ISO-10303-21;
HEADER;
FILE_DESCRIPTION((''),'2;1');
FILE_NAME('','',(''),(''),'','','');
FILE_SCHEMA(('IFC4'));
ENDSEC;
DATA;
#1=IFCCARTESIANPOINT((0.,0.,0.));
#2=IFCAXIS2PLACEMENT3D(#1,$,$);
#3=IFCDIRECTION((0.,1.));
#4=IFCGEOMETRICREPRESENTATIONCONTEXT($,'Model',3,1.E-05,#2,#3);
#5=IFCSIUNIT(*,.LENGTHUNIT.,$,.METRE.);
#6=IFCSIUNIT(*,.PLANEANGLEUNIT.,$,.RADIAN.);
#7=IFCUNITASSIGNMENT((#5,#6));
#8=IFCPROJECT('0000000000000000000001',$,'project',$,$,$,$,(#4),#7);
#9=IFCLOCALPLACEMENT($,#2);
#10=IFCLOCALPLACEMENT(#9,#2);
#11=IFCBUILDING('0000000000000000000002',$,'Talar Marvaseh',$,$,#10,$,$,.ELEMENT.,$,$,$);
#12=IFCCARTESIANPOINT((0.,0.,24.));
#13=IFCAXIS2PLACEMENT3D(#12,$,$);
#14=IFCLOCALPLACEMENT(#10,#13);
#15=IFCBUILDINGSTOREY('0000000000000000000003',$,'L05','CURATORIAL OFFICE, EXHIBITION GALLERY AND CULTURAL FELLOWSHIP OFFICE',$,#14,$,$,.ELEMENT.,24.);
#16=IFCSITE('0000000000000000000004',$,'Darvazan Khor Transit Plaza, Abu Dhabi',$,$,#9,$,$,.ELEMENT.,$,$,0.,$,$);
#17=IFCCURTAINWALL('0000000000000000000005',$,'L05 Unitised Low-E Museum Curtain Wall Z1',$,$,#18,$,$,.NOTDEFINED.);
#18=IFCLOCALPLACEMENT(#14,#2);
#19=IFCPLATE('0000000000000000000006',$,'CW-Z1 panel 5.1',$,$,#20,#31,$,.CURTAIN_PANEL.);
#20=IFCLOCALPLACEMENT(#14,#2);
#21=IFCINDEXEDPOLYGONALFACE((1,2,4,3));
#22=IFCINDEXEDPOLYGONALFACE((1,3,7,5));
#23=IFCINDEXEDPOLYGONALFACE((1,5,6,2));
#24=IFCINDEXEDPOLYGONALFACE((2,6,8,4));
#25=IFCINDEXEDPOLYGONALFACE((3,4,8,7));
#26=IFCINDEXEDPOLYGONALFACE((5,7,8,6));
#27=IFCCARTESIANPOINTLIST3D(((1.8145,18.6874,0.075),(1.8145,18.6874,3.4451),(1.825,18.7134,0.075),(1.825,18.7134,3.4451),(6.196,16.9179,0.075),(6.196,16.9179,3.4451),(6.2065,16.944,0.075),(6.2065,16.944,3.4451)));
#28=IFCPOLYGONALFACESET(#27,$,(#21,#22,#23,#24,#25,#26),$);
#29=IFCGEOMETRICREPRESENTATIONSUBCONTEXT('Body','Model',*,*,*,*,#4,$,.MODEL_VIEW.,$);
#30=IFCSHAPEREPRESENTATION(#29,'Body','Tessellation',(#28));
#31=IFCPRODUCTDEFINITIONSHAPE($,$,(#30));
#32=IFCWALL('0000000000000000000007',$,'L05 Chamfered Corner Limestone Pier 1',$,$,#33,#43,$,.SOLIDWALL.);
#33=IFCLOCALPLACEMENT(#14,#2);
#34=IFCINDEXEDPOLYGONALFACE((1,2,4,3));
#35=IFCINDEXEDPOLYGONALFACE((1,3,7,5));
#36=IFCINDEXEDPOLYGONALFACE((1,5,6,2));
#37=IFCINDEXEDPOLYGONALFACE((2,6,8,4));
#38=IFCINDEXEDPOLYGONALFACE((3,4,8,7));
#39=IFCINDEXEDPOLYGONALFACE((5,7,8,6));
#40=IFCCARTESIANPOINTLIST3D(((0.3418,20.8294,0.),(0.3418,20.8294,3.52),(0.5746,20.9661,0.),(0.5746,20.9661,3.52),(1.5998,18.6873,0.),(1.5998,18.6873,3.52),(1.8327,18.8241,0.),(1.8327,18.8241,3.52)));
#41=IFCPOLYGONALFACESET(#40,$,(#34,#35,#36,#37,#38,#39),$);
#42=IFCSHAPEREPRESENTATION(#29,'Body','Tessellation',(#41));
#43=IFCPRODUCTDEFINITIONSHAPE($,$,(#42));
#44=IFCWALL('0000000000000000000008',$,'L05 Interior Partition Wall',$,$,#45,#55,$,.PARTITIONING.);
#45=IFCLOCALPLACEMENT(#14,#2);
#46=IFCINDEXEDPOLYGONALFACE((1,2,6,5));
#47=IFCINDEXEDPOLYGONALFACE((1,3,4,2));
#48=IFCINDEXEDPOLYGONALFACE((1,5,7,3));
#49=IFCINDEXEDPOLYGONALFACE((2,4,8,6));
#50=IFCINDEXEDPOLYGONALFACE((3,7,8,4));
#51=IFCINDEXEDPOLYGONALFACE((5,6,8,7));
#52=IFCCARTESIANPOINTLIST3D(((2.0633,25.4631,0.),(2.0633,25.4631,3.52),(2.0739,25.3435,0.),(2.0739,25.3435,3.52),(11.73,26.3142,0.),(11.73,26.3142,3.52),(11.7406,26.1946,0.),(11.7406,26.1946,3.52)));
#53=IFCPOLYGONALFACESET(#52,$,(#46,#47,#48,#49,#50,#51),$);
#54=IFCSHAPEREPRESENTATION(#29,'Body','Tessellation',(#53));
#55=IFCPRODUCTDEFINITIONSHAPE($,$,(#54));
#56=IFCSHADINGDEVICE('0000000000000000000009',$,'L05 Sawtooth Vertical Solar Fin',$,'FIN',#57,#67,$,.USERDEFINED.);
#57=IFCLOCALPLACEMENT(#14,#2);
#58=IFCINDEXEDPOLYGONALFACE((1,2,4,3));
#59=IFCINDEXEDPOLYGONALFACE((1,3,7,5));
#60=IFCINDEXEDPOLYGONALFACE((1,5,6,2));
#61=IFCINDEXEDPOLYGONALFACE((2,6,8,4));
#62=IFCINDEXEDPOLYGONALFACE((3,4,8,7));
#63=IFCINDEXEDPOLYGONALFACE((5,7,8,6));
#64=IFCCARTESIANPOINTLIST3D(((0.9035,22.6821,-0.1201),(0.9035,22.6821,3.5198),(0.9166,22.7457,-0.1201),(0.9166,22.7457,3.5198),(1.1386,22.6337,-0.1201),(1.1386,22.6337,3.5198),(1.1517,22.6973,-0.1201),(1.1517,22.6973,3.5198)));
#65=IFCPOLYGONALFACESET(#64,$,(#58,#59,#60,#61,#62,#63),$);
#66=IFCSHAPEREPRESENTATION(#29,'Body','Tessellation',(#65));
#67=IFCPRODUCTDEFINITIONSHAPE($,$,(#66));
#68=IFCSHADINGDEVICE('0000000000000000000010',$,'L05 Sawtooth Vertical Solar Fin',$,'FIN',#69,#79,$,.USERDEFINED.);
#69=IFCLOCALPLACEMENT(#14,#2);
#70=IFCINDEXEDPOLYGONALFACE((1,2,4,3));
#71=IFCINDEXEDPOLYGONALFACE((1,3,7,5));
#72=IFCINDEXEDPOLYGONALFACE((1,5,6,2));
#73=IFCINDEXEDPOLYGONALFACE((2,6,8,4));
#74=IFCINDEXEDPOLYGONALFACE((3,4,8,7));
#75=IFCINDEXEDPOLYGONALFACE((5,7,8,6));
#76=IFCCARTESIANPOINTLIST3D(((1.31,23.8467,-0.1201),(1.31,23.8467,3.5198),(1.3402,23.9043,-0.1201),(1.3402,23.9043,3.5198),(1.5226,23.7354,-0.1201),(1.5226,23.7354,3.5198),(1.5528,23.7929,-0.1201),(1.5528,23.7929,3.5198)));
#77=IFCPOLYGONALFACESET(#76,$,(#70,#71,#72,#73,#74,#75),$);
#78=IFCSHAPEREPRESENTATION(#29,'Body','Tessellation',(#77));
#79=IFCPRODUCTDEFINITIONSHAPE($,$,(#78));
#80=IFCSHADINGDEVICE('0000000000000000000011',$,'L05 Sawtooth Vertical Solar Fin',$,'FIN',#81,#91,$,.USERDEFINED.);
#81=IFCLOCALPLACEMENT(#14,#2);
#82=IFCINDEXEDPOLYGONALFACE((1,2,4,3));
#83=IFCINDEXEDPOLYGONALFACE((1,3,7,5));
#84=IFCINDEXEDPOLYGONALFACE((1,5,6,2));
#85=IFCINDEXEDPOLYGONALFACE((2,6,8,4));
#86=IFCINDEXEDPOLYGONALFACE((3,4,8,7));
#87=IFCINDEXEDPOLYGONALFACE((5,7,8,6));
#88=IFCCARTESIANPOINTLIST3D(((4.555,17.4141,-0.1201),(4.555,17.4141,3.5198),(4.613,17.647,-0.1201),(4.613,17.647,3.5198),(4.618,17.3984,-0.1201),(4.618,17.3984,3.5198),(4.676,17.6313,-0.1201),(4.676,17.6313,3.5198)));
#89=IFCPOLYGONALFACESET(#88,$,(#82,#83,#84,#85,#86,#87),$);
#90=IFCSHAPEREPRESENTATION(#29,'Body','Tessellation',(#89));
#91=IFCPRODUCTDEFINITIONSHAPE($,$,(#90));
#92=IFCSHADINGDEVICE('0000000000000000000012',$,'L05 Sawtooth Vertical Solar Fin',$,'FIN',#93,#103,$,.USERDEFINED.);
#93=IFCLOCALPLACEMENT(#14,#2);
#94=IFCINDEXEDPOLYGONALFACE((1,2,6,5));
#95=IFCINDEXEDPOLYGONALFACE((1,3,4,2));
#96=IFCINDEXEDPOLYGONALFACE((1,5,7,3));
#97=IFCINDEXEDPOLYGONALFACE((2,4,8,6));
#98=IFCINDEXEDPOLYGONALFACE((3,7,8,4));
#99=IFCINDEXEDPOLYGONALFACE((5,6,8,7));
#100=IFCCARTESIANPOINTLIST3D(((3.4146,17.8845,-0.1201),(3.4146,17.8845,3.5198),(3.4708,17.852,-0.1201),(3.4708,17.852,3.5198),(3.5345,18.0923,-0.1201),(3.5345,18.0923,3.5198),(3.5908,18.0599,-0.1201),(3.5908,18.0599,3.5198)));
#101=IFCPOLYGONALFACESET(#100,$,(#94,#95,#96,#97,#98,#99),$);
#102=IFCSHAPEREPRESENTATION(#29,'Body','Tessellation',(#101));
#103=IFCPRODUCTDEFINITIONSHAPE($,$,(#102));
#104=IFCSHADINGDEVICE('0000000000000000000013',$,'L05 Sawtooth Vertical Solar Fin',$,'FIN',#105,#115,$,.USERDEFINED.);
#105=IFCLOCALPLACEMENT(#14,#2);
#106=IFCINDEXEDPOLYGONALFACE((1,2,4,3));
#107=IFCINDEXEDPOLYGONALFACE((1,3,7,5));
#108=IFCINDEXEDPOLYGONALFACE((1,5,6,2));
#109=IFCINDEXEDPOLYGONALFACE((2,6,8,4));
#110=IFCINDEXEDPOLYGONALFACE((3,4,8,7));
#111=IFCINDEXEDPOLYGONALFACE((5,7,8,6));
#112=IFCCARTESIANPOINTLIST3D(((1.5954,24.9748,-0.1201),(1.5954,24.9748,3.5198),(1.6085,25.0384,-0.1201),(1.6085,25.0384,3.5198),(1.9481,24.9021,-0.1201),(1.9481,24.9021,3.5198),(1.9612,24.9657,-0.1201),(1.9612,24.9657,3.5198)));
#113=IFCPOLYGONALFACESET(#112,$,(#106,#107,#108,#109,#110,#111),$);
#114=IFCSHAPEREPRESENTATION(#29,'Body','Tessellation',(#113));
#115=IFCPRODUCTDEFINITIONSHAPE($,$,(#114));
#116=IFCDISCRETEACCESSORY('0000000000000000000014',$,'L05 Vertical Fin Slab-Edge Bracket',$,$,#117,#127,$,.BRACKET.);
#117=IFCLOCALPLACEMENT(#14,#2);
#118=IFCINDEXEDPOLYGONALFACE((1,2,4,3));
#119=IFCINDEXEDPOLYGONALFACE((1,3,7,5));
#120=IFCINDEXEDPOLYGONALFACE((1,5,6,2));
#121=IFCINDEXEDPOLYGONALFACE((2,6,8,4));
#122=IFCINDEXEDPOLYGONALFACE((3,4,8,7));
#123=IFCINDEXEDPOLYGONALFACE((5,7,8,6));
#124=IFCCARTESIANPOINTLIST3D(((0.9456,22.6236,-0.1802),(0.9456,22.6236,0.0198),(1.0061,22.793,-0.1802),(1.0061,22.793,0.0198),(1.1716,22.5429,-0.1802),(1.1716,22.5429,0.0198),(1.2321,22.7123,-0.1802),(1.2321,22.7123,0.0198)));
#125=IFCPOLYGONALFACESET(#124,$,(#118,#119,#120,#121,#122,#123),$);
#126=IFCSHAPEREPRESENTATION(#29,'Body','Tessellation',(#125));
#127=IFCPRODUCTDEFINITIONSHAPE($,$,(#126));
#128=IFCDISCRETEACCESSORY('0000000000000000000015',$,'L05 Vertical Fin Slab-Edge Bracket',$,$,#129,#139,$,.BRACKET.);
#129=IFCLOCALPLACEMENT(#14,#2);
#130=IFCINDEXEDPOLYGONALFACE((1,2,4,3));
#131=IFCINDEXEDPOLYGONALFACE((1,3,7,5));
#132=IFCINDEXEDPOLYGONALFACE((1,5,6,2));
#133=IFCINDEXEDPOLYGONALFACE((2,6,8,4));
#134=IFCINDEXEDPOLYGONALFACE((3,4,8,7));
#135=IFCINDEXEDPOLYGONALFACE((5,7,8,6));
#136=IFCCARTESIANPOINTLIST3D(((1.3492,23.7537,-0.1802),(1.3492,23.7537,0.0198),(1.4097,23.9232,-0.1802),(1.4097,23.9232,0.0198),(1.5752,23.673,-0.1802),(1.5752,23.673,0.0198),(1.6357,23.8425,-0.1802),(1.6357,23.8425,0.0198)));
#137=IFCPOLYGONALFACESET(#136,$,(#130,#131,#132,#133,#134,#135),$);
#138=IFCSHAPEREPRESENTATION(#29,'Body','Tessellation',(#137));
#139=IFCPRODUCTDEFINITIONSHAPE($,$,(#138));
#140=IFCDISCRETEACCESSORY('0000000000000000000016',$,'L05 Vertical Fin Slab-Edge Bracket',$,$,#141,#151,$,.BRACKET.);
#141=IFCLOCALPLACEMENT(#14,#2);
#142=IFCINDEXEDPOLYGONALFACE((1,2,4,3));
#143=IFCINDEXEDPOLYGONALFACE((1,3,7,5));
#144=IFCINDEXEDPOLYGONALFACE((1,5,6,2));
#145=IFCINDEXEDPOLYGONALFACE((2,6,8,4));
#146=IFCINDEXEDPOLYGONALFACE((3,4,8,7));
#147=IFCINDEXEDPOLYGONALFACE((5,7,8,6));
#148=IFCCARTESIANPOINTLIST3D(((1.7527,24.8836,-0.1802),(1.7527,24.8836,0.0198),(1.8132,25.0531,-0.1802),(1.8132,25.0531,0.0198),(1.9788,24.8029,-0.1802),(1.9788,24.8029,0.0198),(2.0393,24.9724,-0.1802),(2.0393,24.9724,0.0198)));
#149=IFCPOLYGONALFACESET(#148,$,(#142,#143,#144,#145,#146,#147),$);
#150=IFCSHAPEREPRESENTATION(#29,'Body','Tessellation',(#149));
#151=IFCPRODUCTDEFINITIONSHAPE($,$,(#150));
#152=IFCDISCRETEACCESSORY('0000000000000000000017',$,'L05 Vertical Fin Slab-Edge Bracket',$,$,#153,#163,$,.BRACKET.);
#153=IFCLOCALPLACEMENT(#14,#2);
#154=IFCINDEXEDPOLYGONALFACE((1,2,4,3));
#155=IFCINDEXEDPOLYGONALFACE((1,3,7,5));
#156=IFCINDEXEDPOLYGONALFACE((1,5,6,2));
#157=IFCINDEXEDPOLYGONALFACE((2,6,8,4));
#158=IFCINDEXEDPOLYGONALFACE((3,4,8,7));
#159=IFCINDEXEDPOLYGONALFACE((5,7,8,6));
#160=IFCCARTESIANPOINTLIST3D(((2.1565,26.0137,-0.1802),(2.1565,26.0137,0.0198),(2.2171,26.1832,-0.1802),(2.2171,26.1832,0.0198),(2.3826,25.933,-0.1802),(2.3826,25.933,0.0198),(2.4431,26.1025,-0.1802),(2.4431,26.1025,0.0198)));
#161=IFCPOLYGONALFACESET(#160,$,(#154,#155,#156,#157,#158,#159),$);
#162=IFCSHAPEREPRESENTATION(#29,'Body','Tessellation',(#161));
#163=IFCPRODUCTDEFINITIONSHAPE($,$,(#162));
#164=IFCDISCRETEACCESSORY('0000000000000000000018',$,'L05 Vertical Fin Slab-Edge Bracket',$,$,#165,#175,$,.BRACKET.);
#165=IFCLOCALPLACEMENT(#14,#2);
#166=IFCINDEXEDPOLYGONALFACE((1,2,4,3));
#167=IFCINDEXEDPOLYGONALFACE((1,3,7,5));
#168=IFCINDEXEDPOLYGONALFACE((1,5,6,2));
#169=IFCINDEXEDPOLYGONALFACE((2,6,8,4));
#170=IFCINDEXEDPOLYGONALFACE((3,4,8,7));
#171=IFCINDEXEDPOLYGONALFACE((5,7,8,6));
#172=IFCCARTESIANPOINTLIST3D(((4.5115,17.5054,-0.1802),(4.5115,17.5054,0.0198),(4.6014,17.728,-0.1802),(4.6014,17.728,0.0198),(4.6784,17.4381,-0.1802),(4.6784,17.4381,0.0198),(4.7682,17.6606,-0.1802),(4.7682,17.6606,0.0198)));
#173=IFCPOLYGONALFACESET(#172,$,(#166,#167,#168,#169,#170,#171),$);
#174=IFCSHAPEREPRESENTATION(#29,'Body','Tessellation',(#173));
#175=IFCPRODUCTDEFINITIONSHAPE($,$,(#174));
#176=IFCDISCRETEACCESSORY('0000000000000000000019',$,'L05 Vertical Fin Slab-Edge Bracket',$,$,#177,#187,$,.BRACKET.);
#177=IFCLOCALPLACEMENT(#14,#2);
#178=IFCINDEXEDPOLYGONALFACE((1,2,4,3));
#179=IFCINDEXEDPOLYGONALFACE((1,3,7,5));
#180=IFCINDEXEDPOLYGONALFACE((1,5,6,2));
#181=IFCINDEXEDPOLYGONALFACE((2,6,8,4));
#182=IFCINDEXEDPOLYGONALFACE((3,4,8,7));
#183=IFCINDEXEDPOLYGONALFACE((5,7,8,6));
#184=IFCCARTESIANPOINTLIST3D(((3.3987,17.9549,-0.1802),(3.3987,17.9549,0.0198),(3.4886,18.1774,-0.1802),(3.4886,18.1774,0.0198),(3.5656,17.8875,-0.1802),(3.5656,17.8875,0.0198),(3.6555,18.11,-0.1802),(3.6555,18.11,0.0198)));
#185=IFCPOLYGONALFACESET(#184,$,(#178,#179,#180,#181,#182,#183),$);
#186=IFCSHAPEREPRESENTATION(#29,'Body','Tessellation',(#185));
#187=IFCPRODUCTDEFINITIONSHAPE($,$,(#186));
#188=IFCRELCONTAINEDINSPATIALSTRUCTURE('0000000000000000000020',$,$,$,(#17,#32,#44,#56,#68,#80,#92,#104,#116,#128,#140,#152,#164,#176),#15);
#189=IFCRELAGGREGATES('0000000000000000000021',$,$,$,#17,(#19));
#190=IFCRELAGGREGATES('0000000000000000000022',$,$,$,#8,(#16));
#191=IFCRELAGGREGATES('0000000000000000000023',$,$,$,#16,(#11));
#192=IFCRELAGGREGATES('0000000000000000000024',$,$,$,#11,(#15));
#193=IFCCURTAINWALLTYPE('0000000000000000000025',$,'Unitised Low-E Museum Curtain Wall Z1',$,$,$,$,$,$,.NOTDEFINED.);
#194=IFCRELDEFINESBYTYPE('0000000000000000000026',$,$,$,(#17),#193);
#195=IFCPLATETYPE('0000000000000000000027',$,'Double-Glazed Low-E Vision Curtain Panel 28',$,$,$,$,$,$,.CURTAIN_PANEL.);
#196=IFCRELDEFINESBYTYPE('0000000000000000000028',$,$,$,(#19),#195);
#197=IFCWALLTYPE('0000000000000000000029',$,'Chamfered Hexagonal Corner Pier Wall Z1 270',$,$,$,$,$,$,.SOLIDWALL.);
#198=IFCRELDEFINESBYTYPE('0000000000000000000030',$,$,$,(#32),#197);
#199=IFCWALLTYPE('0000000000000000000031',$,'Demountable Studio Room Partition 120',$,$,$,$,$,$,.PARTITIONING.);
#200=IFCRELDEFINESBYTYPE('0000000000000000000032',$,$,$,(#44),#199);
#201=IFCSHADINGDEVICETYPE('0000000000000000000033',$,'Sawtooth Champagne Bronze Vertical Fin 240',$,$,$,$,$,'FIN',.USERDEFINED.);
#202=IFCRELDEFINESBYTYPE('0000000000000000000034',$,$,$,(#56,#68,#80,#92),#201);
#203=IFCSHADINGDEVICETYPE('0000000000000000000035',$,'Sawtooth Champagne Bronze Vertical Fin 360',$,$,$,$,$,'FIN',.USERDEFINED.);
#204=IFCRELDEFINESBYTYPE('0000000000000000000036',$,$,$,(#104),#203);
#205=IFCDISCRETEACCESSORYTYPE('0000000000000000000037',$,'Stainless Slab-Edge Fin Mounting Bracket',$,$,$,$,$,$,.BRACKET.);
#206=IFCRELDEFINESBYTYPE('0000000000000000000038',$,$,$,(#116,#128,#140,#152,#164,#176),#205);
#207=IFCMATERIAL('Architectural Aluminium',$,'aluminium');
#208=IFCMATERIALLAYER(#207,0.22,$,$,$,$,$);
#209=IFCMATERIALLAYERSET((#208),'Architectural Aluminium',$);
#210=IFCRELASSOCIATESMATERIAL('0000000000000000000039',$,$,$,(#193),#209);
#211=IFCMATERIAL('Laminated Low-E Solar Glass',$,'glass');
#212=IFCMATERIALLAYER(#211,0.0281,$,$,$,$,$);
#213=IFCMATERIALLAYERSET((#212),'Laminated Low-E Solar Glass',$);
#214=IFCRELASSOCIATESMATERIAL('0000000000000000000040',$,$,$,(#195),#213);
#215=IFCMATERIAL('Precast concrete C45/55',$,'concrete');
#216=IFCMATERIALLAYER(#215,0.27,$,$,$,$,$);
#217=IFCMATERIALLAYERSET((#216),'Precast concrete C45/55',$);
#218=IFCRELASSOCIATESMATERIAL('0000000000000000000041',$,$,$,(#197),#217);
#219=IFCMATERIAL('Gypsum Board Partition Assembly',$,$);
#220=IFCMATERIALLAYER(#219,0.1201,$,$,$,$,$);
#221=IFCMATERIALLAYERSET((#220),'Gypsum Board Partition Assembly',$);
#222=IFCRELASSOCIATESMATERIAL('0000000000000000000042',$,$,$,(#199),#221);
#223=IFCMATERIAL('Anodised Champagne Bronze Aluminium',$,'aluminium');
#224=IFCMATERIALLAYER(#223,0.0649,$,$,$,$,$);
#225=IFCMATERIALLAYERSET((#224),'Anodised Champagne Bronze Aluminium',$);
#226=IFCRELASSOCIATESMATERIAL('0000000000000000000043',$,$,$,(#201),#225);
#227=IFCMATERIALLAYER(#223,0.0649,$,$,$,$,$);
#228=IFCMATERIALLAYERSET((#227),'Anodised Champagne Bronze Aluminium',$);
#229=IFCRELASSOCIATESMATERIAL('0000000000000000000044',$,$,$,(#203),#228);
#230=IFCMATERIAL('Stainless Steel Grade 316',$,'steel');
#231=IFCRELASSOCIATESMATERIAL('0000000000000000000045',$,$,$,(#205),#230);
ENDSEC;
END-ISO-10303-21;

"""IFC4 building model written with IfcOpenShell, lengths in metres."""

from ifc_helpers import new_model, si_unit, direction, frame, frame_2d, origin, origin_2d, place, context, subcontext, project, spatial, rectangle, extrude, source, transform, mapped, material, layer, layer_set, type_object, type_shapes, element, aggregate, save


model = new_model("IFC4")

# Units and contexts
model_context = context("Model", 3, precision=1e-05, world=origin(), true_north=direction((0.0, 1.0)))
body_context = subcontext(model_context, "Body", "Model", "MODEL_VIEW")
ifc_project = project(units=[si_unit("LENGTHUNIT", "METRE"), si_unit("PLANEANGLEUNIT", "RADIAN")], contexts=[model_context])

# Site, building, storey
site_placement = place(None, origin())
site = spatial("IfcSite", under=ifc_project, at=site_placement, Name="Darvazan Khor Transit Plaza, Abu Dhabi", CompositionType="ELEMENT", RefElevation=0.0)
building_placement = place(site_placement, origin())
building = spatial("IfcBuilding", under=site, at=building_placement, Name="Talar Marvaseh", CompositionType="ELEMENT")
storey_placement = place(building_placement, frame((0.0, 0.0, 24.0)))
storey = spatial("IfcBuildingStorey", under=building, at=storey_placement, Name="L05", Description="CURATORIAL OFFICE, EXHIBITION GALLERY AND CULTURAL FELLOWSHIP OFFICE", CompositionType="ELEMENT", Elevation=24.0)

# Shared definitions
ifc_material_1 = material(Name="Architectural Aluminium", Category="aluminium")
ifc_layer_1 = layer(ifc_material_1, 0.22)
ifc_layer_set_1 = layer_set([ifc_layer_1], Name="Architectural Aluminium")
curtain_wall_type = type_object("IfcCurtainWallType", Name="Unitised Low-E Museum Curtain Wall Z1", PredefinedType="NOTDEFINED", material=ifc_layer_set_1)

# Curtain wall
curtain_wall_1_placement = place(storey_placement, origin())
curtain_wall_1 = element("IfcCurtainWall", 1, at=curtain_wall_1_placement, inside=storey, type_object=curtain_wall_type, Name="L05 Unitised Low-E Museum Curtain Wall Z1", PredefinedType="NOTDEFINED")

# Plate
ifc_material_2 = material(Name="Laminated Low-E Solar Glass", Category="glass")
ifc_layer_2 = layer(ifc_material_2, 0.0281)
ifc_layer_set_2 = layer_set([ifc_layer_2], Name="Laminated Low-E Solar Glass")
plate_type = type_object("IfcPlateType", Name="Double-Glazed Low-E Vision Curtain Panel 28", PredefinedType="CURTAIN_PANEL", material=ifc_layer_set_2)
shared_shape_1 = source(origin(), body_context, "Body", "SweptSolid", [
    extrude(rectangle(XDim=4.7253, YDim=0.0281, at=origin_2d()), origin(), (0.0, 0.0, 1.0), 3.3701),
])
plate_1_placement = place(storey_placement, frame((4.0105, 17.8157, 0.075), z_axis=(0.0, 0.0, 1.0), x_axis=(-0.927242, 0.374463, 0.0)))
plate_1 = element("IfcPlate", 2, at=plate_1_placement, type_object=plate_type, Name="CW-Z1 panel 5.1", PredefinedType="CURTAIN_PANEL", context=body_context, shape_type="MappedRepresentation", body=[
    mapped(shared_shape_1, transform((0.0, 0.0, 0.0), x_axis=(1.0, 0.0, 0.0), y_axis=(0.0, 1.0, 0.0), z_axis=(0.0, 0.0, 1.0), scale=1.0)),
])
aggregate(curtain_wall_1, [plate_1])

# Walls
ifc_material_3 = material(Name="Precast concrete C45/55", Category="concrete")
ifc_layer_3 = layer(ifc_material_3, 0.27)
ifc_layer_set_3 = layer_set([ifc_layer_3], Name="Precast concrete C45/55")
wall_type_1 = type_object("IfcWallType", Name="Chamfered Hexagonal Corner Pier Wall Z1 270", PredefinedType="SOLIDWALL", material=ifc_layer_set_3)
wall_1_placement = place(storey_placement, frame((1.7163, 18.7556, 0.0), z_axis=(0.0, 0.0, 1.0), x_axis=(-0.506423, 0.862285, 0.0)))
element("IfcWall", 3, at=wall_1_placement, inside=storey, type_object=wall_type_1, Name="L05 Chamfered Corner Limestone Pier 1", PredefinedType="SOLIDWALL", context=body_context, shape_type="SweptSolid", body=[
    extrude(rectangle(XDim=2.4841, YDim=0.27, at=frame_2d((1.2422, 0.0))), origin(), (0.0, 0.0, 1.0), 3.52),
])
ifc_material_4 = material(Name="Gypsum Board Partition Assembly")
ifc_layer_4 = layer(ifc_material_4, 0.1201)
ifc_layer_set_4 = layer_set([ifc_layer_4], Name="Gypsum Board Partition Assembly")
wall_type_2 = type_object("IfcWallType", Name="Demountable Studio Room Partition 120", PredefinedType="PARTITIONING", material=ifc_layer_set_4)
wall_2_placement = place(storey_placement, frame((2.0686, 25.4033, 0.0), z_axis=(0.0, 0.0, 1.0), x_axis=(0.996147, 0.087702, 0.0)))
element("IfcWall", 4, at=wall_2_placement, inside=storey, type_object=wall_type_2, Name="L05 Interior Partition Wall", PredefinedType="PARTITIONING", context=body_context, shape_type="SweptSolid", body=[
    extrude(rectangle(XDim=9.7041, YDim=0.1201, at=frame_2d((4.8521, 0.0))), origin(), (0.0, 0.0, 1.0), 3.52),
])

# Shading devices
ifc_material_5 = material(Name="Anodised Champagne Bronze Aluminium", Category="aluminium")
ifc_layer_5 = layer(ifc_material_5, 0.0649)
ifc_layer_set_5 = layer_set([ifc_layer_5], Name="Anodised Champagne Bronze Aluminium")
shading_device_type_1 = type_object("IfcShadingDeviceType", Name="Sawtooth Champagne Bronze Vertical Fin 240", ElementType="FIN", PredefinedType="USERDEFINED", material=ifc_layer_set_5)
shared_shape_2 = source(origin(), body_context, "Body", "SweptSolid", [
    extrude(rectangle(XDim=0.24, YDim=0.0649, at=origin_2d()), origin(), (0.0, 0.0, 1.0), 3.6399),
])
type_shapes(shading_device_type_1, [shared_shape_2])
for number, where, z_axis, x_axis, name in (
    (5, (1.0276, 22.6897, -0.1201), (0.0, 0.0, 1.0), (-0.979399, 0.201933, 0.0), "L05 Sawtooth Vertical Solar Fin"),
    (6, (1.4314, 23.8198, -0.1201), (0.0, 0.0, 1.0), (-0.885799, 0.464069, 0.0), "L05 Sawtooth Vertical Solar Fin"),
    (7, (4.6155, 17.5227, -0.1201), (0.0, 0.0, 1.0), (-0.241753, -0.970338, 0.0), "L05 Sawtooth Vertical Solar Fin"),
    (8, (3.5027, 17.9722, -0.1201), (0.0, 0.0, 1.0), (-0.499849, -0.866113, 0.0), "L05 Sawtooth Vertical Solar Fin"),
):
    element("IfcShadingDevice", number, at=place(storey_placement, frame(where, z_axis=z_axis, x_axis=x_axis)), inside=storey, type_object=shading_device_type_1, Name=name, ObjectType="FIN", PredefinedType="USERDEFINED", context=body_context, shape_type="MappedRepresentation", body=[
        mapped(shared_shape_2, transform((0.0, 0.0, 0.0), x_axis=(1.0, 0.0, 0.0), y_axis=(0.0, 1.0, 0.0), z_axis=(0.0, 0.0, 1.0), scale=1.0)),
    ])
ifc_layer_6 = layer(ifc_material_5, 0.0649)
ifc_layer_set_6 = layer_set([ifc_layer_6], Name="Anodised Champagne Bronze Aluminium")
shading_device_type_2 = type_object("IfcShadingDeviceType", Name="Sawtooth Champagne Bronze Vertical Fin 360", ElementType="FIN", PredefinedType="USERDEFINED", material=ifc_layer_set_6)
shared_shape_3 = source(origin(), body_context, "Body", "SweptSolid", [
    extrude(rectangle(XDim=0.3601, YDim=0.0649, at=origin_2d()), origin(), (0.0, 0.0, 1.0), 3.6399),
])
type_shapes(shading_device_type_2, [shared_shape_3])
shading_device_placement = place(storey_placement, frame((1.7783, 24.9702, -0.1201), z_axis=(0.0, 0.0, 1.0), x_axis=(-0.979399, 0.201933, 0.0)))
element("IfcShadingDevice", 9, at=shading_device_placement, inside=storey, type_object=shading_device_type_2, Name="L05 Sawtooth Vertical Solar Fin", ObjectType="FIN", PredefinedType="USERDEFINED", context=body_context, shape_type="MappedRepresentation", body=[
    mapped(shared_shape_3, transform((0.0, 0.0, 0.0), x_axis=(1.0, 0.0, 0.0), y_axis=(0.0, 1.0, 0.0), z_axis=(0.0, 0.0, 1.0), scale=1.0)),
])

# Discrete accessories
ifc_material_6 = material(Name="Stainless Steel Grade 316", Category="steel")
discrete_accessory_type = type_object("IfcDiscreteAccessoryType", Name="Stainless Slab-Edge Fin Mounting Bracket", PredefinedType="BRACKET", material=ifc_material_6)
shared_shape_4 = source(origin(), body_context, "Body", "SweptSolid", [
    extrude(rectangle(XDim=0.24, YDim=0.1799, at=origin_2d()), origin(), (0.0, 0.0, 1.0), 0.2),
])
type_shapes(discrete_accessory_type, [shared_shape_4])
for number, where, z_axis, x_axis, name in (
    (10, (1.0889, 22.668, -0.1802), (0.0, 0.0, 1.0), (-0.941764, 0.336274, 0.0), "L05 Vertical Fin Slab-Edge Bracket"),
    (11, (1.4924, 23.7981, -0.1802), (0.0, 0.0, 1.0), (-0.941764, 0.336274, 0.0), "L05 Vertical Fin Slab-Edge Bracket"),
    (12, (1.896, 24.928, -0.1802), (0.0, 0.0, 1.0), (-0.941764, 0.336274, 0.0), "L05 Vertical Fin Slab-Edge Bracket"),
    (13, (2.2998, 26.0581, -0.1802), (0.0, 0.0, 1.0), (-0.941764, 0.336274, 0.0), "L05 Vertical Fin Slab-Edge Bracket"),
    (14, (4.6399, 17.583, -0.1802), (0.0, 0.0, 1.0), (-0.374445, -0.927249, 0.0), "L05 Vertical Fin Slab-Edge Bracket"),
    (15, (3.5271, 18.0325, -0.1802), (0.0, 0.0, 1.0), (-0.374445, -0.927249, 0.0), "L05 Vertical Fin Slab-Edge Bracket"),
):
    element("IfcDiscreteAccessory", number, at=place(storey_placement, frame(where, z_axis=z_axis, x_axis=x_axis)), inside=storey, type_object=discrete_accessory_type, Name=name, PredefinedType="BRACKET", context=body_context, shape_type="MappedRepresentation", body=[
        mapped(shared_shape_4, transform((0.0, 0.0, 0.0), x_axis=(1.0, 0.0, 0.0), y_axis=(0.0, 1.0, 0.0), z_axis=(0.0, 0.0, 1.0), scale=1.0)),
    ])

save(model, "model.ifc")
